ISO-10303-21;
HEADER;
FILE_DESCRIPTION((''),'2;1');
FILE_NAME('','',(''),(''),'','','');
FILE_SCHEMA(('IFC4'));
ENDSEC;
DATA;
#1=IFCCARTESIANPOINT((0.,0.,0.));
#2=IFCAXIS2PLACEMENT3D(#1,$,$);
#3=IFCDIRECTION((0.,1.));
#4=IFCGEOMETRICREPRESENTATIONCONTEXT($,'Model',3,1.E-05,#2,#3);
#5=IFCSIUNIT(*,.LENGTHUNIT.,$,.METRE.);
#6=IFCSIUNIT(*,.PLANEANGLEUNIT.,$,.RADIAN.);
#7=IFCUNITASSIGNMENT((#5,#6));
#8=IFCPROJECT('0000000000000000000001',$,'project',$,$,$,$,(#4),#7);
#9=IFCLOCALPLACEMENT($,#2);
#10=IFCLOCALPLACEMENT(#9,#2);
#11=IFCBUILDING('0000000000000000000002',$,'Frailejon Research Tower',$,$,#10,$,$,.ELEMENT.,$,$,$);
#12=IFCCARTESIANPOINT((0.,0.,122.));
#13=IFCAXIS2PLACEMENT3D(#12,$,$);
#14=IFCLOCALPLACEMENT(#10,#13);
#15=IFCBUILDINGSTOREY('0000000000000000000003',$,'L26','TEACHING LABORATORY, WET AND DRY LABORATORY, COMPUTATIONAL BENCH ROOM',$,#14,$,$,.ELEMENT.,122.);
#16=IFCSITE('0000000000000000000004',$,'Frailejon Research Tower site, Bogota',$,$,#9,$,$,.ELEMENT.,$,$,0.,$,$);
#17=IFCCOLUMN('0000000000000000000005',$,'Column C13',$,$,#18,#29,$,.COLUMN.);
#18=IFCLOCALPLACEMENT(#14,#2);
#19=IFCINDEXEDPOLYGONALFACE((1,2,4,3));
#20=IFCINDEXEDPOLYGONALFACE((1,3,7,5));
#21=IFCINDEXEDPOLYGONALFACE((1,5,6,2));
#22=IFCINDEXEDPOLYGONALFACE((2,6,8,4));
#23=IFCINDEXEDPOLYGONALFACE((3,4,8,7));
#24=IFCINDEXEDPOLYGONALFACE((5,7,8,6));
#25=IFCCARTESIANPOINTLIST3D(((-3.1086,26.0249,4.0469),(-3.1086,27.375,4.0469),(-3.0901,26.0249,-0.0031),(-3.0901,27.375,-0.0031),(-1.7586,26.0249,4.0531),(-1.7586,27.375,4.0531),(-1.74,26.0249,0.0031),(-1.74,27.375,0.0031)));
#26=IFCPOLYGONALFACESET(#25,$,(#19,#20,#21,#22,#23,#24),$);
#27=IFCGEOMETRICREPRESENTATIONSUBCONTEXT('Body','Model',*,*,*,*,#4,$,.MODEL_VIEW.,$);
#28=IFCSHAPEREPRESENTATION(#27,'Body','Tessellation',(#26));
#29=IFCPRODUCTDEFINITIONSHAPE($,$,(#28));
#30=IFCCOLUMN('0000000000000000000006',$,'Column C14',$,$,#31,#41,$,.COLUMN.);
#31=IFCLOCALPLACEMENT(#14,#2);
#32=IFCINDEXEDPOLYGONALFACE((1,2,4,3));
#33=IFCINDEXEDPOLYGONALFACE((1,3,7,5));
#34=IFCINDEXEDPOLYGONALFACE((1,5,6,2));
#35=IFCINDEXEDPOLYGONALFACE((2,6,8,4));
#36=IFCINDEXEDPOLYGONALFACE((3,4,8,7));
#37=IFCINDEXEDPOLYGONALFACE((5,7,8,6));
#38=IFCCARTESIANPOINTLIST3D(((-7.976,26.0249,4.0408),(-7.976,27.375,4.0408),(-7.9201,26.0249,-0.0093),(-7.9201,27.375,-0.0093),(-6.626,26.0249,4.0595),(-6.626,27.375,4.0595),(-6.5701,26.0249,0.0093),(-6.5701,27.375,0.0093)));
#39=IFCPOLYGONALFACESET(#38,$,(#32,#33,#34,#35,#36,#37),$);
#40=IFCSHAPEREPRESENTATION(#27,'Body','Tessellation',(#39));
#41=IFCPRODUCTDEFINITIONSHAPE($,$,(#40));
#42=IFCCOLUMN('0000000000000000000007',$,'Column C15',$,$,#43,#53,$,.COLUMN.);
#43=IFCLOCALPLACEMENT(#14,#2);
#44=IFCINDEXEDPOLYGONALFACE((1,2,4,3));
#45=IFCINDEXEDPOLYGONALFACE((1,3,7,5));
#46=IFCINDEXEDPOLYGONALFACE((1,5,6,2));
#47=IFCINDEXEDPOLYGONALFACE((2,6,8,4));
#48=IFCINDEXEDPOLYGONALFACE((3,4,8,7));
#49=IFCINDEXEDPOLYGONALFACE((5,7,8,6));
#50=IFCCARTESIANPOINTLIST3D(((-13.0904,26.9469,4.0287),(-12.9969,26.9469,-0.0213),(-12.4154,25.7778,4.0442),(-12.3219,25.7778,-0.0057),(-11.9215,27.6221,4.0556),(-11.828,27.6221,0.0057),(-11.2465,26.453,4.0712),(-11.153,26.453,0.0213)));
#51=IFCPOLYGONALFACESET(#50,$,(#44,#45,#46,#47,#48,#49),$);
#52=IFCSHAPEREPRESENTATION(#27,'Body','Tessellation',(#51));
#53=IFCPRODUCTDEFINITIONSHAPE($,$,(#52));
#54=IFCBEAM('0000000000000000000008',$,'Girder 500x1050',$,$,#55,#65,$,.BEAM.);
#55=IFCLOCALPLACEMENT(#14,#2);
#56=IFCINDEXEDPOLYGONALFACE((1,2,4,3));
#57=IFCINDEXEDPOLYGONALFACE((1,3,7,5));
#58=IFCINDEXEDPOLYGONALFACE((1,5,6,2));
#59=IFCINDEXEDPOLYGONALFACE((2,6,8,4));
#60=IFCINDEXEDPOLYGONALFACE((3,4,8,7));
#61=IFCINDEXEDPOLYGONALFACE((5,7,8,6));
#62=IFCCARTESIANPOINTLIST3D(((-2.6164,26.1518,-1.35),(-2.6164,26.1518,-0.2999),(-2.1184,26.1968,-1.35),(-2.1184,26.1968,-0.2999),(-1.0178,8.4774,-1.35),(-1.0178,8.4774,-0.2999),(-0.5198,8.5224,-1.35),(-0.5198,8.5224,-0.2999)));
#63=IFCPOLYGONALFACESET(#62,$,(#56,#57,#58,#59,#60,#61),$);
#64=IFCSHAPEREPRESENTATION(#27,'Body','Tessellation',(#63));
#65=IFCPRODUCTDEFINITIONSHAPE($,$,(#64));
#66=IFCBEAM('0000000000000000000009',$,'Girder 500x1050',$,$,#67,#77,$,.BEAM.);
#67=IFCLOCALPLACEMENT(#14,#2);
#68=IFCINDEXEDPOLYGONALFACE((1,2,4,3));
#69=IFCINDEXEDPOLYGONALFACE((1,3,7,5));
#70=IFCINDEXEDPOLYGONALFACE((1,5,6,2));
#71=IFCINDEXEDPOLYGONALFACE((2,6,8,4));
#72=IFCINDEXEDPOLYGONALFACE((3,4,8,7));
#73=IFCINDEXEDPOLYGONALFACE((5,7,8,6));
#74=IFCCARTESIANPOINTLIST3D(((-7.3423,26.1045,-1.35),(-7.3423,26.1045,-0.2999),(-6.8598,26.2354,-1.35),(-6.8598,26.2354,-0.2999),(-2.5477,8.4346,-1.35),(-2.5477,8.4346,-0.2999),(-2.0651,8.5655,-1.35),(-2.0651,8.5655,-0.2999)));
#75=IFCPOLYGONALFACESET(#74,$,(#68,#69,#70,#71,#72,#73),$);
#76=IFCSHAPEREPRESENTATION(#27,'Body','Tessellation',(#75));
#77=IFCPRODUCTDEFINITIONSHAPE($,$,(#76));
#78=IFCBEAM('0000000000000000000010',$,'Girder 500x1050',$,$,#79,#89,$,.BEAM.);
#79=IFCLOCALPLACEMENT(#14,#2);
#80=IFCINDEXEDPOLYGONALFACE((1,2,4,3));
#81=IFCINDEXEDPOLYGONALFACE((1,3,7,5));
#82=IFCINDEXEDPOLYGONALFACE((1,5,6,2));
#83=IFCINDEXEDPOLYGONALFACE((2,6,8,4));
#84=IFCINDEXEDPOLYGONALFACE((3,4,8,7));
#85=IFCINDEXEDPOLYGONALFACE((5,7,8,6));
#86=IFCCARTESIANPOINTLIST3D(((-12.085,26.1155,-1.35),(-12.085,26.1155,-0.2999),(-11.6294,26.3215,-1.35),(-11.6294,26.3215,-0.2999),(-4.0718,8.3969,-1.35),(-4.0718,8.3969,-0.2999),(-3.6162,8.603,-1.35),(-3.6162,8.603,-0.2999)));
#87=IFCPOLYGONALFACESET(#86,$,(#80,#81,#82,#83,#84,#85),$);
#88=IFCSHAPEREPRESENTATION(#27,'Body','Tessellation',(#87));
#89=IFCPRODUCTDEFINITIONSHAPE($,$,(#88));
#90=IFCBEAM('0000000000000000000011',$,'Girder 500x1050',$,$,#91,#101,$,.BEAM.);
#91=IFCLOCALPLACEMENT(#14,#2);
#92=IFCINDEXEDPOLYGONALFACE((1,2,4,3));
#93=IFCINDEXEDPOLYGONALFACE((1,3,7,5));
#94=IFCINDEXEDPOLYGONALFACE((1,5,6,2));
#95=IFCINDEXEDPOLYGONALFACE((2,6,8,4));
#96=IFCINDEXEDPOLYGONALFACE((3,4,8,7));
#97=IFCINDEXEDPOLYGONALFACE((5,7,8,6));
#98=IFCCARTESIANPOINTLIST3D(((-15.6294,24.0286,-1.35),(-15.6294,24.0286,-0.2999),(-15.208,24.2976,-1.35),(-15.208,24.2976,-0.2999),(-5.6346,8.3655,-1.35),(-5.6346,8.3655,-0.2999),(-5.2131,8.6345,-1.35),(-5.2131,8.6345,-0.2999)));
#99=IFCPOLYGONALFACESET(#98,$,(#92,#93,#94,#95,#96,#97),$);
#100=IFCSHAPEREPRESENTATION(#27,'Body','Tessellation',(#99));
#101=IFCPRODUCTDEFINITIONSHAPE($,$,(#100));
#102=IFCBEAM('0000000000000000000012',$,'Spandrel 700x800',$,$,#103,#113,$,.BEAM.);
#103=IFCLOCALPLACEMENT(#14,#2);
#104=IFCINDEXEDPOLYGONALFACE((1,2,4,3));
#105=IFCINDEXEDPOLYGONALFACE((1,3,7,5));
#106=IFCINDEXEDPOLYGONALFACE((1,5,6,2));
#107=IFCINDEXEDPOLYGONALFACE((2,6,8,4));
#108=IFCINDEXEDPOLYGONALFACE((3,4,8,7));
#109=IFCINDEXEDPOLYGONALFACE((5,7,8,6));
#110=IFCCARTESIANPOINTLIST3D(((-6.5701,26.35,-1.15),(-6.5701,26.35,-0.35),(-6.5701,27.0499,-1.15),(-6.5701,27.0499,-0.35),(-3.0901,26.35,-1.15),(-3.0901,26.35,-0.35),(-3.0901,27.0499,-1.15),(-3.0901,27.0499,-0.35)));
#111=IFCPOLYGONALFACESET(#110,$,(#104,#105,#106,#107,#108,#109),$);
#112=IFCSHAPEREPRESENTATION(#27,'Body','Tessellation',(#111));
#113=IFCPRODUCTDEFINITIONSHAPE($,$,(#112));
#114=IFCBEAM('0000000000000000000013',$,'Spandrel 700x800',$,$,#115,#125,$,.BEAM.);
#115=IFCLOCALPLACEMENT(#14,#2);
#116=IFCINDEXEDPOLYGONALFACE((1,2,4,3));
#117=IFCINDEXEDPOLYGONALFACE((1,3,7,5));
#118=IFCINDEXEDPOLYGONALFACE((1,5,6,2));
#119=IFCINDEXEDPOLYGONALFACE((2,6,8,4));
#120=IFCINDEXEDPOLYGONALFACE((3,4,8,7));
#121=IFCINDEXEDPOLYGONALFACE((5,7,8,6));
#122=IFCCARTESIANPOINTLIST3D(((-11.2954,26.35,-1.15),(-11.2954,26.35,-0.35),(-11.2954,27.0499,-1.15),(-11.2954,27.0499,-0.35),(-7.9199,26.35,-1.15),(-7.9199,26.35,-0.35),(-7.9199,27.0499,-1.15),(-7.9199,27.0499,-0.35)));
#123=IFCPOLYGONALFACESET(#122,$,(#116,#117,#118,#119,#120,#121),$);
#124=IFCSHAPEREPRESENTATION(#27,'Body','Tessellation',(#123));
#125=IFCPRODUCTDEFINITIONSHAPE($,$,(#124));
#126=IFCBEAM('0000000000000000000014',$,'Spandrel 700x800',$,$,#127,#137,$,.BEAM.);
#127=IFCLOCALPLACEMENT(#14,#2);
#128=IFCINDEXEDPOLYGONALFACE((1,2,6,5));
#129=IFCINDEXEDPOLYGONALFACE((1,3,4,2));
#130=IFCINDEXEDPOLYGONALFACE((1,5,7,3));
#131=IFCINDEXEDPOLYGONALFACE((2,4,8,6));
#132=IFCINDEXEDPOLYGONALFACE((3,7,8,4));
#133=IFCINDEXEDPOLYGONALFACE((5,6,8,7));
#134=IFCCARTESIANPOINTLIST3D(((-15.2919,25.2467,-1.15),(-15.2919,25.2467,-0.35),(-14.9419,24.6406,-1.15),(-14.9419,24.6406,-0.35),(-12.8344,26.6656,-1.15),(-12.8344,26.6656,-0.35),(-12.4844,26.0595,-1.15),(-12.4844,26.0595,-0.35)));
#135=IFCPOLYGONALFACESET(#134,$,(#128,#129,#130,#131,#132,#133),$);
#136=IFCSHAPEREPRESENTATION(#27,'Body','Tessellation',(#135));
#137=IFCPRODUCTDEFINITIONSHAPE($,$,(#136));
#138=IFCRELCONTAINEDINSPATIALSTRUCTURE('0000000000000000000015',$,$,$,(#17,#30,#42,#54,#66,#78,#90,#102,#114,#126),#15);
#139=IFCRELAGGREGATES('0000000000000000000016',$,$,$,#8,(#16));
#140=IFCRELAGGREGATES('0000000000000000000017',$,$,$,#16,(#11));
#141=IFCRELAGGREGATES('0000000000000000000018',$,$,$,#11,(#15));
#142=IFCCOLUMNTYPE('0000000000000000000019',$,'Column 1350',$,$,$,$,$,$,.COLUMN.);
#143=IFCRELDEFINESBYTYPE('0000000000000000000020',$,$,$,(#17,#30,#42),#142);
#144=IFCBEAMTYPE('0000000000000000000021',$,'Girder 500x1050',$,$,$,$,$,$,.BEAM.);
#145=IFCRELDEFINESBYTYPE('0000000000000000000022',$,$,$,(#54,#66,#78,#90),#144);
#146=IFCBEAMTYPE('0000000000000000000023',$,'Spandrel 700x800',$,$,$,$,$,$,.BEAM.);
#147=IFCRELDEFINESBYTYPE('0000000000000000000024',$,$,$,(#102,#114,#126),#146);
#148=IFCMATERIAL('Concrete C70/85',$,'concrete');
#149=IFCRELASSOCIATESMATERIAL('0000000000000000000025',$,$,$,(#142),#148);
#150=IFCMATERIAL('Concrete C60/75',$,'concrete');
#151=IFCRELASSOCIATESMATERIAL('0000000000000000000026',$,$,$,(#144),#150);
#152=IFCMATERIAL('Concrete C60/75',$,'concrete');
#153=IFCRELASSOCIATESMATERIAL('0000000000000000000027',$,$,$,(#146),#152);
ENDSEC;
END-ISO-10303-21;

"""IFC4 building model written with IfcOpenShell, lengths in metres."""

from ifc_helpers import new_model, si_unit, direction, frame, origin, origin_2d, place, context, subcontext, project, spatial, rectangle, extrude, material, material_profile, profile_set, type_object, element, save


model = new_model("IFC4")

# Units and contexts
model_context = context("Model", 3, precision=1e-05, world=origin(), true_north=direction((0.0, 1.0)))
body_context = subcontext(model_context, "Body", "Model", "MODEL_VIEW")
ifc_project = project(units=[si_unit("LENGTHUNIT", "METRE"), si_unit("PLANEANGLEUNIT", "RADIAN")], contexts=[model_context])

# Site, building, storey
site_placement = place(None, origin())
site = spatial("IfcSite", under=ifc_project, at=site_placement, Name="Frailejon Research Tower site, Bogota", CompositionType="ELEMENT", RefElevation=0.0)
building_placement = place(site_placement, origin())
building = spatial("IfcBuilding", under=site, at=building_placement, Name="Frailejon Research Tower", CompositionType="ELEMENT")
storey_placement = place(building_placement, frame((0.0, 0.0, 122.0)))
storey = spatial("IfcBuildingStorey", under=building, at=storey_placement, Name="L26", Description="TEACHING LABORATORY, WET AND DRY LABORATORY, COMPUTATIONAL BENCH ROOM", CompositionType="ELEMENT", Elevation=122.0)

# Columns
ifc_material_1 = material(Name="Concrete C70/85", Category="concrete")
ifc_material_profile_1 = material_profile(ifc_material_1, rectangle(XDim=1.3501, YDim=1.3501, at=origin_2d()), Name="Column 1350")
ifc_profile_set_1 = profile_set([ifc_material_profile_1], Name="Concrete C70/85")
column_type = type_object("IfcColumnType", Name="Column 1350", PredefinedType="COLUMN", material=ifc_profile_set_1)
column_1_placement = place(storey_placement, frame((-2.415, 26.7, 0.0), z_axis=(-0.004581, 0.0, 0.99999), x_axis=(-0.99999, 0.0, -0.004581)))
element("IfcColumn", 1, at=column_1_placement, inside=storey, type_object=column_type, Name="Column C13", PredefinedType="COLUMN", context=body_context, shape_type="SweptSolid", body=[
    extrude(rectangle(XDim=1.3501, YDim=1.3501, at=origin_2d()), origin(), (0.0, 0.0, 1.0), 4.05),
])
column_2_placement = place(storey_placement, frame((-7.2451, 26.7, 0.0), z_axis=(-0.013803, 0.0, 0.999905), x_axis=(-0.999905, 0.0, -0.013803)))
element("IfcColumn", 2, at=column_2_placement, inside=storey, type_object=column_type, Name="Column C14", PredefinedType="COLUMN", context=body_context, shape_type="SweptSolid", body=[
    extrude(rectangle(XDim=1.3501, YDim=1.3501, at=origin_2d()), origin(), (0.0, 0.0, 1.0), 4.0505),
])
column_3_placement = place(storey_placement, frame((-12.075, 26.7, 0.0), z_axis=(-0.023081, 0.0, 0.999734), x_axis=(-0.865737, -0.5001, -0.019988)))
element("IfcColumn", 3, at=column_3_placement, inside=storey, type_object=column_type, Name="Column C15", PredefinedType="COLUMN", context=body_context, shape_type="SweptSolid", body=[
    extrude(rectangle(XDim=1.3501, YDim=1.3501, at=origin_2d()), origin(), (0.0, 0.0, 1.0), 4.051),
])

# Beams
ifc_material_2 = material(Name="Concrete C60/75", Category="concrete")
ifc_material_profile_2 = material_profile(ifc_material_2, rectangle(XDim=0.5, YDim=1.05, at=origin_2d()), Name="Girder 500x1050")
ifc_profile_set_2 = profile_set([ifc_material_profile_2], Name="Concrete C60/75")
beam_type_1 = type_object("IfcBeamType", Name="Girder 500x1050", PredefinedType="BEAM", material=ifc_profile_set_2)
beam_1_placement = place(storey_placement, frame((-2.3674, 26.1743, -0.825), z_axis=(0.090082, -0.995934, 0.0), x_axis=(0.995934, 0.090082, 0.0)))
element("IfcBeam", 4, at=beam_1_placement, inside=storey, type_object=beam_type_1, Name="Girder 500x1050", PredefinedType="BEAM", context=body_context, shape_type="SweptSolid", body=[
    extrude(rectangle(XDim=0.5, YDim=1.05, at=origin_2d()), origin(), (0.0, 0.0, 1.0), 17.7466),
])
beam_2_placement = place(storey_placement, frame((-7.1011, 26.1699, -0.825), z_axis=(0.261877, -0.965101, 0.0), x_axis=(0.965101, 0.261877, 0.0)))
element("IfcBeam", 5, at=beam_2_placement, inside=storey, type_object=beam_type_1, Name="Girder 500x1050", PredefinedType="BEAM", context=body_context, shape_type="SweptSolid", body=[
    extrude(rectangle(XDim=0.5, YDim=1.05, at=origin_2d()), origin(), (0.0, 0.0, 1.0), 18.3088),
])
beam_3_placement = place(storey_placement, frame((-11.8572, 26.2185, -0.825), z_axis=(0.412068, -0.911153, 0.0), x_axis=(0.911153, 0.412068, 0.0)))
element("IfcBeam", 6, at=beam_3_placement, inside=storey, type_object=beam_type_1, Name="Girder 500x1050", PredefinedType="BEAM", context=body_context, shape_type="SweptSolid", body=[
    extrude(rectangle(XDim=0.5, YDim=1.05, at=origin_2d()), origin(), (0.0, 0.0, 1.0), 19.4463),
])
beam_4_placement = place(storey_placement, frame((-15.4187, 24.1631, -0.825), z_axis=(0.537927, -0.842992, 0.0), x_axis=(0.842992, 0.537927, 0.0)))
element("IfcBeam", 7, at=beam_4_placement, inside=storey, type_object=beam_type_1, Name="Girder 500x1050", PredefinedType="BEAM", context=body_context, shape_type="SweptSolid", body=[
    extrude(rectangle(XDim=0.5, YDim=1.05, at=origin_2d()), origin(), (0.0, 0.0, 1.0), 18.5803),
])
ifc_material_3 = material(Name="Concrete C60/75", Category="concrete")
ifc_material_profile_3 = material_profile(ifc_material_3, rectangle(XDim=0.7, YDim=0.8, at=origin_2d()), Name="Spandrel 700x800")
ifc_profile_set_3 = profile_set([ifc_material_profile_3], Name="Concrete C60/75")
beam_type_2 = type_object("IfcBeamType", Name="Spandrel 700x800", PredefinedType="BEAM", material=ifc_profile_set_3)
beam_5_placement = place(storey_placement, frame((-3.0901, 26.7, -0.75), z_axis=(-1.0, 0.0, 0.0), x_axis=(0.0, -1.0, 0.0)))
element("IfcBeam", 8, at=beam_5_placement, inside=storey, type_object=beam_type_2, Name="Spandrel 700x800", PredefinedType="BEAM", context=body_context, shape_type="SweptSolid", body=[
    extrude(rectangle(XDim=0.7, YDim=0.8, at=origin_2d()), origin(), (0.0, 0.0, 1.0), 3.48),
])
beam_6_placement = place(storey_placement, frame((-7.9199, 26.7, -0.75), z_axis=(-1.0, 0.0, 0.0), x_axis=(0.0, -1.0, 0.0)))
element("IfcBeam", 9, at=beam_6_placement, inside=storey, type_object=beam_type_2, Name="Spandrel 700x800", PredefinedType="BEAM", context=body_context, shape_type="SweptSolid", body=[
    extrude(rectangle(XDim=0.7, YDim=0.8, at=origin_2d()), origin(), (0.0, 0.0, 1.0), 3.3755),
])
beam_7_placement = place(storey_placement, frame((-12.6594, 26.3625, -0.75), z_axis=(-0.866011, -0.500025, 0.0), x_axis=(0.500025, -0.866011, 0.0)))
element("IfcBeam", 10, at=beam_7_placement, inside=storey, type_object=beam_type_2, Name="Spandrel 700x800", PredefinedType="BEAM", context=body_context, shape_type="SweptSolid", body=[
    extrude(rectangle(XDim=0.7, YDim=0.8, at=origin_2d()), origin(), (0.0, 0.0, 1.0), 2.8376),
])

save(model, "model.ifc")
